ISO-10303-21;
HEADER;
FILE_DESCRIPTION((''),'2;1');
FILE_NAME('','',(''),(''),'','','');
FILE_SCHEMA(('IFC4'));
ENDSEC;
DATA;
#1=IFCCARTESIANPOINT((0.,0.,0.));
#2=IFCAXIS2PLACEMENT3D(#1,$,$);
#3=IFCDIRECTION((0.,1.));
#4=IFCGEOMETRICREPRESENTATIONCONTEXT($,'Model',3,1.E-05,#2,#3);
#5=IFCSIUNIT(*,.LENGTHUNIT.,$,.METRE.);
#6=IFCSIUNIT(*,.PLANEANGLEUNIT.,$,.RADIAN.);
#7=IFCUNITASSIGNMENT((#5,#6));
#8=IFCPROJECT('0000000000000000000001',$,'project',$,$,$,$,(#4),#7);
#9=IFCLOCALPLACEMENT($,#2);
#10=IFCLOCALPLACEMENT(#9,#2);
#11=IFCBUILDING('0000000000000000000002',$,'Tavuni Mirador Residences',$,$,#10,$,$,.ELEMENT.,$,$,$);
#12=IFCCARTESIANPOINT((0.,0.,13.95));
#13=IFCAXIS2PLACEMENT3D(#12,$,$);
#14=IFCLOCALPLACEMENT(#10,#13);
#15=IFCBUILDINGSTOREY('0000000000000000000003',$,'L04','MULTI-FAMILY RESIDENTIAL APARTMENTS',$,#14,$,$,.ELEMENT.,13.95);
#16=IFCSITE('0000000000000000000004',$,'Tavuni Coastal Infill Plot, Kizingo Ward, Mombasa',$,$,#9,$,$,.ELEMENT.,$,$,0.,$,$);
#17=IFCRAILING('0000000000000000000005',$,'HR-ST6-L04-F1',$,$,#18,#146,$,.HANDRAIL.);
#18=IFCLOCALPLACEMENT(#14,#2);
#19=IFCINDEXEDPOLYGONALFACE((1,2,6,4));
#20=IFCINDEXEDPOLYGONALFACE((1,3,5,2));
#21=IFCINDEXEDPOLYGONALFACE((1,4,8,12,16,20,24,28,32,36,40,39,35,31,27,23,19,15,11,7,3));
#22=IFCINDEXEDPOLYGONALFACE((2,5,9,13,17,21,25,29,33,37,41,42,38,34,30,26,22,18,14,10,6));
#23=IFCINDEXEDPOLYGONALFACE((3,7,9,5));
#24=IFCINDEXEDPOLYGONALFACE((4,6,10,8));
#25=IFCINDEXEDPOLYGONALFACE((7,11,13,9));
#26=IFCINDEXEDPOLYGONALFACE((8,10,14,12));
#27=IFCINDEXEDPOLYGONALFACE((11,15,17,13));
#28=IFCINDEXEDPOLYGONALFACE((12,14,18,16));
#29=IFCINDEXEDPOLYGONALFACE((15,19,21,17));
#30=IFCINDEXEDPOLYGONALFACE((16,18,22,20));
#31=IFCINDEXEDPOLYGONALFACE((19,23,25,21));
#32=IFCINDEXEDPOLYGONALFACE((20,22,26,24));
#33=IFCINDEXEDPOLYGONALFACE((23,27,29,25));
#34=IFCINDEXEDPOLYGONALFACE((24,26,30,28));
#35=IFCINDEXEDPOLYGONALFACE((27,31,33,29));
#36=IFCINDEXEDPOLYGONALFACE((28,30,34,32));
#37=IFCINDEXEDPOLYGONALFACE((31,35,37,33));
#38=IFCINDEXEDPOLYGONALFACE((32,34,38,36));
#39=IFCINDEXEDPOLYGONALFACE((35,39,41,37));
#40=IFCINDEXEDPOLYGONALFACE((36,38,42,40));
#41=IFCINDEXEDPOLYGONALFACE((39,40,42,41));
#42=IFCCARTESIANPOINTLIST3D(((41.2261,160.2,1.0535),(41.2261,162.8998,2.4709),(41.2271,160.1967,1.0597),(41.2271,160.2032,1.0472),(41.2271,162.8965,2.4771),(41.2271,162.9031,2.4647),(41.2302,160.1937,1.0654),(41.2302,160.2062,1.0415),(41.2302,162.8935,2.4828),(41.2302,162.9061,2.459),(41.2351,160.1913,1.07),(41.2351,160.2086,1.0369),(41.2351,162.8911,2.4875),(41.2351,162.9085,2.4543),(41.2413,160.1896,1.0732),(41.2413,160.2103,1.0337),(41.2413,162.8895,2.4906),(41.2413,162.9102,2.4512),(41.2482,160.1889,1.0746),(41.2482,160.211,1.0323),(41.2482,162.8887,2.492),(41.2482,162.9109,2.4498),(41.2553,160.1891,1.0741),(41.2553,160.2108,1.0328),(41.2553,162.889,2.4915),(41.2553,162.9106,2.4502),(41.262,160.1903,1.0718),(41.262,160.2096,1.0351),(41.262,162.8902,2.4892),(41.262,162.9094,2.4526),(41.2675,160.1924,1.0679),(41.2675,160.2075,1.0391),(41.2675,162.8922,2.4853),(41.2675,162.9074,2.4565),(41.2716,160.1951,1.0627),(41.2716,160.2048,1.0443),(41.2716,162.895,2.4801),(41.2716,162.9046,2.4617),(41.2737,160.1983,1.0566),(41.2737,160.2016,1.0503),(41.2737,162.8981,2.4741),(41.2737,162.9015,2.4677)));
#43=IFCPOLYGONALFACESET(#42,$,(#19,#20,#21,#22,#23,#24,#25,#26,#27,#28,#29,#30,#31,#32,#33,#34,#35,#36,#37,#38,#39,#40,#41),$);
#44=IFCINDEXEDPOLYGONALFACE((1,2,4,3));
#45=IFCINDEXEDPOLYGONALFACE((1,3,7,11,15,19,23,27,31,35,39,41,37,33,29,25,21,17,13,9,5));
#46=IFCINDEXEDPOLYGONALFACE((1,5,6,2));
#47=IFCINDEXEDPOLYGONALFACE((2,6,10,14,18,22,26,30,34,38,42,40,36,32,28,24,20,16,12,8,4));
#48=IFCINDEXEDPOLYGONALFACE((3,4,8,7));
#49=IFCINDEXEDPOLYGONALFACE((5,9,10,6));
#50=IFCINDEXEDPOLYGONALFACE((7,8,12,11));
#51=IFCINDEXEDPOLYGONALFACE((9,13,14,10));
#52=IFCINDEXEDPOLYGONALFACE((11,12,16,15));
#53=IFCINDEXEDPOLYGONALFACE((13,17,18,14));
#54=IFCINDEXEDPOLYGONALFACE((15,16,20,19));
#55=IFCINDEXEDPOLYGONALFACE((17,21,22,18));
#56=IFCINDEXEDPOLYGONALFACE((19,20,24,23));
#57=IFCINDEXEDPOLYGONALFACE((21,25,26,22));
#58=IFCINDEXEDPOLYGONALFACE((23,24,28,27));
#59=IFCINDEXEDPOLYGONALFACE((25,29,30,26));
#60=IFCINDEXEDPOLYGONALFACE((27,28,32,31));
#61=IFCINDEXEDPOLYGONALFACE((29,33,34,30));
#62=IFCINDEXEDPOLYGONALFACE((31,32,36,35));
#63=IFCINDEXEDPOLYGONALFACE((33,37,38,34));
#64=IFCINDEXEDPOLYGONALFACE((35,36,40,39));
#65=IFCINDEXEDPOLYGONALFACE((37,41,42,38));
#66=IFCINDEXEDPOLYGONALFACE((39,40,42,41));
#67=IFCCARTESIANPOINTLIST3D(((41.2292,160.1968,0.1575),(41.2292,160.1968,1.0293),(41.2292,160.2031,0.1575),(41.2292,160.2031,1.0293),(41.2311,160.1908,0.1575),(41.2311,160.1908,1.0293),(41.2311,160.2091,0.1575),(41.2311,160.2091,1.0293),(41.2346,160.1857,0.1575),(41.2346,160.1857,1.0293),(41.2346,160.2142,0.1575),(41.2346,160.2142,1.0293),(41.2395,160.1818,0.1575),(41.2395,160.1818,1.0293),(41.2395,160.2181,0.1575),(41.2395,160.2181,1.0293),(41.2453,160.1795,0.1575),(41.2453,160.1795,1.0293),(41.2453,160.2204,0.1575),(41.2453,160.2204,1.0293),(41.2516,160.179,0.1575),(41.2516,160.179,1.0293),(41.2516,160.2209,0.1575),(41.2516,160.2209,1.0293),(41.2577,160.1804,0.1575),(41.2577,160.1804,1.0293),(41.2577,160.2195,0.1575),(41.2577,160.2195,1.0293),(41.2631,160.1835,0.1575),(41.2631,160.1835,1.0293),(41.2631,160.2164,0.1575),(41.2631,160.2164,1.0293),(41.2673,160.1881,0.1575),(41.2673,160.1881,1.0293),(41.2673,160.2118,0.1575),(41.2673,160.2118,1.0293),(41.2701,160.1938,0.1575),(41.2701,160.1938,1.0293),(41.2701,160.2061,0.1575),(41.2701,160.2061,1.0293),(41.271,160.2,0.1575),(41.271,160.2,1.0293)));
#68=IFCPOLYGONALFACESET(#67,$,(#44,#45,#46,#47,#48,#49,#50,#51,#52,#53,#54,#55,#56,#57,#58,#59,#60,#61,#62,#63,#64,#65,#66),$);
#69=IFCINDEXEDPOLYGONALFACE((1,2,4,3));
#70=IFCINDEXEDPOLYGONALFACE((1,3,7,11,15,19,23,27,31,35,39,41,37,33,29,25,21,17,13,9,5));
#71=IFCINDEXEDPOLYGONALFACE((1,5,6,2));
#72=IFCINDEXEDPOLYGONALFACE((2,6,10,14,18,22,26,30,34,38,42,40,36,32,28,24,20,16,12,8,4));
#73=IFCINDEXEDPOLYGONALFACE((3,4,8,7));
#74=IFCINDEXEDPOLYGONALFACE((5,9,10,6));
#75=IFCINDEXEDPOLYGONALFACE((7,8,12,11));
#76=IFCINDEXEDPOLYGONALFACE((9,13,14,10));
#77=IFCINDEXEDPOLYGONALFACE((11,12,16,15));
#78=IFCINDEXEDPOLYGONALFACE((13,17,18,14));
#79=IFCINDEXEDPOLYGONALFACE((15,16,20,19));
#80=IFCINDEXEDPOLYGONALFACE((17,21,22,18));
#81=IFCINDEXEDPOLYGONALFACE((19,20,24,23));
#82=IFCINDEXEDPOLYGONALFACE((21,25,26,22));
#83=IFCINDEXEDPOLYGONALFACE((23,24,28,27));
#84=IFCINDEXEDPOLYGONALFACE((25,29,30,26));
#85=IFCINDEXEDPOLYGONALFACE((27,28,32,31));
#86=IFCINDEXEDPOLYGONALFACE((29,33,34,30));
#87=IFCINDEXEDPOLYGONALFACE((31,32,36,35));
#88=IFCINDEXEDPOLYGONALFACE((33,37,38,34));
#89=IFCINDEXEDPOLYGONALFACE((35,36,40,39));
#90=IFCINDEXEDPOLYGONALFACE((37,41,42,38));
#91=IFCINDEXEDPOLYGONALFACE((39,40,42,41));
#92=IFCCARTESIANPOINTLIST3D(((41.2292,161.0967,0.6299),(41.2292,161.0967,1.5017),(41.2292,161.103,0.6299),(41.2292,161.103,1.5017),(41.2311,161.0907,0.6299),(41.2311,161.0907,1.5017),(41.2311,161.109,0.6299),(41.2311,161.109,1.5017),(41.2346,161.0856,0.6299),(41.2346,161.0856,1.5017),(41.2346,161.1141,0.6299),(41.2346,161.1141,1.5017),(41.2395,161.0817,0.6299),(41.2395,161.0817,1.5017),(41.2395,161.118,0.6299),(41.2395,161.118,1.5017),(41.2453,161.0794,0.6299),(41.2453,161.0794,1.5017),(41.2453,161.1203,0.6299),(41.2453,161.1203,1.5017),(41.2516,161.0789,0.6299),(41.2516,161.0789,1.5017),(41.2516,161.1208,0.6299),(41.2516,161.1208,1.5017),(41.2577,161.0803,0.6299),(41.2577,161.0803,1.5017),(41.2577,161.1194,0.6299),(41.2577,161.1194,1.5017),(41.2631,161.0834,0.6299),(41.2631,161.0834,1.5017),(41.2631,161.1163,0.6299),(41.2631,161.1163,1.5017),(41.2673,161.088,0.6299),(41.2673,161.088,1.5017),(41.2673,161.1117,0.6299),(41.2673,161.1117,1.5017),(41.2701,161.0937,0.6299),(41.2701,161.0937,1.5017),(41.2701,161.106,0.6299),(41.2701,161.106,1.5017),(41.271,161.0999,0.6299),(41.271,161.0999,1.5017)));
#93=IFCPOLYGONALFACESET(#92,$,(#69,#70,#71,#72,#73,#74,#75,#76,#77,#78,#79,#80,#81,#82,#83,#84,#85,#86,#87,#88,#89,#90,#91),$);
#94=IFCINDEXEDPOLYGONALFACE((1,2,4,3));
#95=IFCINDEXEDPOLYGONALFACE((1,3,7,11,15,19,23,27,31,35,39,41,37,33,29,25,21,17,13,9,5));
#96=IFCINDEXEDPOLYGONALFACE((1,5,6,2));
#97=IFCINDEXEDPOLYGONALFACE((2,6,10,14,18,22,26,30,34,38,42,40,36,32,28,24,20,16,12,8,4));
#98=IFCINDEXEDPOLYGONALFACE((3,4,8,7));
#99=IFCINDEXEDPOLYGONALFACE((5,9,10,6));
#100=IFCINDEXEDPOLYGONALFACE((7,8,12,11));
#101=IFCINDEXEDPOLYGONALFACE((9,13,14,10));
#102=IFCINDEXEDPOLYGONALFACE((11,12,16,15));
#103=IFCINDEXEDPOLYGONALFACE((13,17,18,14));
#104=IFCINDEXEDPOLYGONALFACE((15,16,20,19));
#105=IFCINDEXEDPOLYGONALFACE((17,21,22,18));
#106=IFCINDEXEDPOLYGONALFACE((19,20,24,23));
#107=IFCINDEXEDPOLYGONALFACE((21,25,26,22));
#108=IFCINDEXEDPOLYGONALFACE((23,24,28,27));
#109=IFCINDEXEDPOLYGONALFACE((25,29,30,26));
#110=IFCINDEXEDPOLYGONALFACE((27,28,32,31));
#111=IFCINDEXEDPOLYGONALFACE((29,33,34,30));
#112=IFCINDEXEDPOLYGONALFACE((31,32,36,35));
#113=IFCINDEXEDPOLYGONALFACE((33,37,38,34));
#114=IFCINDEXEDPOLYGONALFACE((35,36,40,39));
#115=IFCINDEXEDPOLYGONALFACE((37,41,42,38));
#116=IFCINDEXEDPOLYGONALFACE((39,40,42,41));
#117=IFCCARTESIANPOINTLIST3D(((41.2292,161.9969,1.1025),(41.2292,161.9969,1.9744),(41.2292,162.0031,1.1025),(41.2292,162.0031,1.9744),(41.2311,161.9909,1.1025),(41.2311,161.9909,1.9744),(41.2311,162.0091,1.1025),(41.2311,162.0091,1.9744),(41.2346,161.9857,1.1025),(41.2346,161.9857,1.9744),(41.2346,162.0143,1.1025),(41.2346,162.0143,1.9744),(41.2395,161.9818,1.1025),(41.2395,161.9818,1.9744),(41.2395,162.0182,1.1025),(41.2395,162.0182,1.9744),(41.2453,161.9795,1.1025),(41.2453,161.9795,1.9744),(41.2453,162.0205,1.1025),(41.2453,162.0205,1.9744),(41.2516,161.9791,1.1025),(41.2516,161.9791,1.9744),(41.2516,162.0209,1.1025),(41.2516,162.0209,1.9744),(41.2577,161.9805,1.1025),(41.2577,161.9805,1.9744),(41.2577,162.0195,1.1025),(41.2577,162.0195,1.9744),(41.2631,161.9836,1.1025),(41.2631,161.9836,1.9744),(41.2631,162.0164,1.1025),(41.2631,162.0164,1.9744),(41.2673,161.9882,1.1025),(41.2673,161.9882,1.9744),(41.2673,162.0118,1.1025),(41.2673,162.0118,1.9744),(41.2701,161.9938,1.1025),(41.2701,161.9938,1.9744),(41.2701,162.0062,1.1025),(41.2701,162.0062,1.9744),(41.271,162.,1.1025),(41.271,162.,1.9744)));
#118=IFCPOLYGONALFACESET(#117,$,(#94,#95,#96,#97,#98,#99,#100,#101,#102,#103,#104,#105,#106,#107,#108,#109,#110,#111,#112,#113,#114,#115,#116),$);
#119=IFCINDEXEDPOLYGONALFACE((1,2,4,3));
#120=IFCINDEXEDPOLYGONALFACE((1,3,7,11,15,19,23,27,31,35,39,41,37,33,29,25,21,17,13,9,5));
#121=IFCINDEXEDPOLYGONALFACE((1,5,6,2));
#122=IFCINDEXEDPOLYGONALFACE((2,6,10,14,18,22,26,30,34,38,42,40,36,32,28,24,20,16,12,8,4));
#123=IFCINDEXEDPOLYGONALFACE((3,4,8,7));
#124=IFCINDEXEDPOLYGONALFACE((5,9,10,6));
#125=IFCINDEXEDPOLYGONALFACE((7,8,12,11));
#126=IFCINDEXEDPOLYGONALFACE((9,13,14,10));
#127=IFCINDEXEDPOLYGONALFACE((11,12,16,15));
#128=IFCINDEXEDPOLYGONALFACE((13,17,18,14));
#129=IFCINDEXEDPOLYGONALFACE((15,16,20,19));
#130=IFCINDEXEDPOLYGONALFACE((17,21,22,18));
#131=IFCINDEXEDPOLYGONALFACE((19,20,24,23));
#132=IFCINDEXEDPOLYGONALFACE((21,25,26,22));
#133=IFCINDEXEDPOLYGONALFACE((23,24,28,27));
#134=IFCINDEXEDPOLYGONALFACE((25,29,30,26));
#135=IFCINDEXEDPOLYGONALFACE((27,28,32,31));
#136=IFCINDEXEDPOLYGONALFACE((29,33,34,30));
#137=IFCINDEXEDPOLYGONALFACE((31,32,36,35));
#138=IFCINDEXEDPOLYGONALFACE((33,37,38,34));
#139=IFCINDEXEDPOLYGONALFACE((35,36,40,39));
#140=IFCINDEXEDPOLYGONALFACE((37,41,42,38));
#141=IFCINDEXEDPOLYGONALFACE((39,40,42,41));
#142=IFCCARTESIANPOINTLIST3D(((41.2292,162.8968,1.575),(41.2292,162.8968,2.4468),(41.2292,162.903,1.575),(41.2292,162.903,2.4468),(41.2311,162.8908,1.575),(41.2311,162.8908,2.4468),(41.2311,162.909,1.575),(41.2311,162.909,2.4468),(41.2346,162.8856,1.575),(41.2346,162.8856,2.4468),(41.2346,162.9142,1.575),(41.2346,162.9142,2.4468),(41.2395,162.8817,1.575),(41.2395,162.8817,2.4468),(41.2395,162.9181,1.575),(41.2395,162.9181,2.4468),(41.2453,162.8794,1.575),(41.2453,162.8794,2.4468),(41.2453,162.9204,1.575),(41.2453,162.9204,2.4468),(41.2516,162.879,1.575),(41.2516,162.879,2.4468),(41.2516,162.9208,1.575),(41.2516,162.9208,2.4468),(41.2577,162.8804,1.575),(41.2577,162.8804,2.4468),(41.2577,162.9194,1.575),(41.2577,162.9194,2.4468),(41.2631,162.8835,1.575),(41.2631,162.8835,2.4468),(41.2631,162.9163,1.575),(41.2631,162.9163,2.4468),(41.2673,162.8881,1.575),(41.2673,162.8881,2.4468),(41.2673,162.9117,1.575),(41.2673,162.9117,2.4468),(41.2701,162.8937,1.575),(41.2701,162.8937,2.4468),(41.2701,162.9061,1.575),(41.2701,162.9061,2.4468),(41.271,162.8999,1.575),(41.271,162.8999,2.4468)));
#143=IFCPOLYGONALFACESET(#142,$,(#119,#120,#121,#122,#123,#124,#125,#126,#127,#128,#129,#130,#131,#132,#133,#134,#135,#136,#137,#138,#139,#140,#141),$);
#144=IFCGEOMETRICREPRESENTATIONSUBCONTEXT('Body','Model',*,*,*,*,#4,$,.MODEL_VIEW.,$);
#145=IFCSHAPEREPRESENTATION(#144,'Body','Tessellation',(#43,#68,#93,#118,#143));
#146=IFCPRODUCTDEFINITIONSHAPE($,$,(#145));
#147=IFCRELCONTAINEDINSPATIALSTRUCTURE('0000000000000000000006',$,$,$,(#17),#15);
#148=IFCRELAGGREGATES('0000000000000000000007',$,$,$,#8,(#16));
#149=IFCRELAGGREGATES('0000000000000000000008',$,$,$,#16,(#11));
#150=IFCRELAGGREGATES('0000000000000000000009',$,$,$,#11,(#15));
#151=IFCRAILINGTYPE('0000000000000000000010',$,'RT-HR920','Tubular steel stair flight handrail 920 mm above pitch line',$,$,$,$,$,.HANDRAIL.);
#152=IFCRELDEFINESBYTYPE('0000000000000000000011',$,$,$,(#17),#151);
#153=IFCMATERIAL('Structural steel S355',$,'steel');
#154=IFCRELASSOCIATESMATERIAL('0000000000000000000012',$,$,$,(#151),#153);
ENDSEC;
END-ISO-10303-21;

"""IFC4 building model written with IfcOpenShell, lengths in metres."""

from ifc_helpers import new_model, si_unit, direction, frame, origin, origin_2d, place, context, subcontext, project, spatial, circle, extrude, material, type_object, element, save


model = new_model("IFC4")

# Units and contexts
model_context = context("Model", 3, precision=1e-05, world=origin(), true_north=direction((0.0, 1.0)))
body_context = subcontext(model_context, "Body", "Model", "MODEL_VIEW")
ifc_project = project(units=[si_unit("LENGTHUNIT", "METRE"), si_unit("PLANEANGLEUNIT", "RADIAN")], contexts=[model_context])

# Site, building, storey
site_placement = place(None, origin())
site = spatial("IfcSite", under=ifc_project, at=site_placement, Name="Tavuni Coastal Infill Plot, Kizingo Ward, Mombasa", CompositionType="ELEMENT", RefElevation=0.0)
building_placement = place(site_placement, origin())
building = spatial("IfcBuilding", under=site, at=building_placement, Name="Tavuni Mirador Residences", CompositionType="ELEMENT")
storey_placement = place(building_placement, frame((0.0, 0.0, 13.95)))
storey = spatial("IfcBuildingStorey", under=building, at=storey_placement, Name="L04", Description="MULTI-FAMILY RESIDENTIAL APARTMENTS", CompositionType="ELEMENT", Elevation=13.95)

# Shared definitions
ifc_material_1 = material(Name="Structural steel S355", Category="steel")

# Railing
railing_type_1 = type_object("IfcRailingType", Name="RT-HR920", Description="Tubular steel stair flight handrail 920 mm above pitch line", PredefinedType="HANDRAIL", material=ifc_material_1)
railing_1_placement = place(storey_placement, frame((41.25, 160.2, 0.1575)))
element("IfcRailing", 1, at=railing_1_placement, inside=storey, type_object=railing_type_1, Name="HR-ST6-L04-F1", PredefinedType="HANDRAIL", context=body_context, shape_type="SweptSolid", body=[
    extrude(circle(Radius=0.0239, at=origin_2d()), frame((0.0, 0.0, 0.896), z_axis=(0.0, 0.885397, 0.464835), x_axis=(-1.0, 0.0, 0.0)), (0.0, 0.0, 1.0), 3.0493),
    extrude(circle(Radius=0.021, at=origin_2d()), origin(), (0.0, 0.0, 1.0), 0.8718),
    extrude(circle(Radius=0.021, at=origin_2d()), frame((0.0, 0.8999, 0.4724)), (0.0, 0.0, 1.0), 0.8718),
    extrude(circle(Radius=0.021, at=origin_2d()), frame((0.0, 1.8, 0.9451)), (0.0, 0.0, 1.0), 0.8718),
    extrude(circle(Radius=0.021, at=origin_2d()), frame((0.0, 2.7, 1.4175)), (0.0, 0.0, 1.0), 0.8718),
])

save(model, "model.ifc")
